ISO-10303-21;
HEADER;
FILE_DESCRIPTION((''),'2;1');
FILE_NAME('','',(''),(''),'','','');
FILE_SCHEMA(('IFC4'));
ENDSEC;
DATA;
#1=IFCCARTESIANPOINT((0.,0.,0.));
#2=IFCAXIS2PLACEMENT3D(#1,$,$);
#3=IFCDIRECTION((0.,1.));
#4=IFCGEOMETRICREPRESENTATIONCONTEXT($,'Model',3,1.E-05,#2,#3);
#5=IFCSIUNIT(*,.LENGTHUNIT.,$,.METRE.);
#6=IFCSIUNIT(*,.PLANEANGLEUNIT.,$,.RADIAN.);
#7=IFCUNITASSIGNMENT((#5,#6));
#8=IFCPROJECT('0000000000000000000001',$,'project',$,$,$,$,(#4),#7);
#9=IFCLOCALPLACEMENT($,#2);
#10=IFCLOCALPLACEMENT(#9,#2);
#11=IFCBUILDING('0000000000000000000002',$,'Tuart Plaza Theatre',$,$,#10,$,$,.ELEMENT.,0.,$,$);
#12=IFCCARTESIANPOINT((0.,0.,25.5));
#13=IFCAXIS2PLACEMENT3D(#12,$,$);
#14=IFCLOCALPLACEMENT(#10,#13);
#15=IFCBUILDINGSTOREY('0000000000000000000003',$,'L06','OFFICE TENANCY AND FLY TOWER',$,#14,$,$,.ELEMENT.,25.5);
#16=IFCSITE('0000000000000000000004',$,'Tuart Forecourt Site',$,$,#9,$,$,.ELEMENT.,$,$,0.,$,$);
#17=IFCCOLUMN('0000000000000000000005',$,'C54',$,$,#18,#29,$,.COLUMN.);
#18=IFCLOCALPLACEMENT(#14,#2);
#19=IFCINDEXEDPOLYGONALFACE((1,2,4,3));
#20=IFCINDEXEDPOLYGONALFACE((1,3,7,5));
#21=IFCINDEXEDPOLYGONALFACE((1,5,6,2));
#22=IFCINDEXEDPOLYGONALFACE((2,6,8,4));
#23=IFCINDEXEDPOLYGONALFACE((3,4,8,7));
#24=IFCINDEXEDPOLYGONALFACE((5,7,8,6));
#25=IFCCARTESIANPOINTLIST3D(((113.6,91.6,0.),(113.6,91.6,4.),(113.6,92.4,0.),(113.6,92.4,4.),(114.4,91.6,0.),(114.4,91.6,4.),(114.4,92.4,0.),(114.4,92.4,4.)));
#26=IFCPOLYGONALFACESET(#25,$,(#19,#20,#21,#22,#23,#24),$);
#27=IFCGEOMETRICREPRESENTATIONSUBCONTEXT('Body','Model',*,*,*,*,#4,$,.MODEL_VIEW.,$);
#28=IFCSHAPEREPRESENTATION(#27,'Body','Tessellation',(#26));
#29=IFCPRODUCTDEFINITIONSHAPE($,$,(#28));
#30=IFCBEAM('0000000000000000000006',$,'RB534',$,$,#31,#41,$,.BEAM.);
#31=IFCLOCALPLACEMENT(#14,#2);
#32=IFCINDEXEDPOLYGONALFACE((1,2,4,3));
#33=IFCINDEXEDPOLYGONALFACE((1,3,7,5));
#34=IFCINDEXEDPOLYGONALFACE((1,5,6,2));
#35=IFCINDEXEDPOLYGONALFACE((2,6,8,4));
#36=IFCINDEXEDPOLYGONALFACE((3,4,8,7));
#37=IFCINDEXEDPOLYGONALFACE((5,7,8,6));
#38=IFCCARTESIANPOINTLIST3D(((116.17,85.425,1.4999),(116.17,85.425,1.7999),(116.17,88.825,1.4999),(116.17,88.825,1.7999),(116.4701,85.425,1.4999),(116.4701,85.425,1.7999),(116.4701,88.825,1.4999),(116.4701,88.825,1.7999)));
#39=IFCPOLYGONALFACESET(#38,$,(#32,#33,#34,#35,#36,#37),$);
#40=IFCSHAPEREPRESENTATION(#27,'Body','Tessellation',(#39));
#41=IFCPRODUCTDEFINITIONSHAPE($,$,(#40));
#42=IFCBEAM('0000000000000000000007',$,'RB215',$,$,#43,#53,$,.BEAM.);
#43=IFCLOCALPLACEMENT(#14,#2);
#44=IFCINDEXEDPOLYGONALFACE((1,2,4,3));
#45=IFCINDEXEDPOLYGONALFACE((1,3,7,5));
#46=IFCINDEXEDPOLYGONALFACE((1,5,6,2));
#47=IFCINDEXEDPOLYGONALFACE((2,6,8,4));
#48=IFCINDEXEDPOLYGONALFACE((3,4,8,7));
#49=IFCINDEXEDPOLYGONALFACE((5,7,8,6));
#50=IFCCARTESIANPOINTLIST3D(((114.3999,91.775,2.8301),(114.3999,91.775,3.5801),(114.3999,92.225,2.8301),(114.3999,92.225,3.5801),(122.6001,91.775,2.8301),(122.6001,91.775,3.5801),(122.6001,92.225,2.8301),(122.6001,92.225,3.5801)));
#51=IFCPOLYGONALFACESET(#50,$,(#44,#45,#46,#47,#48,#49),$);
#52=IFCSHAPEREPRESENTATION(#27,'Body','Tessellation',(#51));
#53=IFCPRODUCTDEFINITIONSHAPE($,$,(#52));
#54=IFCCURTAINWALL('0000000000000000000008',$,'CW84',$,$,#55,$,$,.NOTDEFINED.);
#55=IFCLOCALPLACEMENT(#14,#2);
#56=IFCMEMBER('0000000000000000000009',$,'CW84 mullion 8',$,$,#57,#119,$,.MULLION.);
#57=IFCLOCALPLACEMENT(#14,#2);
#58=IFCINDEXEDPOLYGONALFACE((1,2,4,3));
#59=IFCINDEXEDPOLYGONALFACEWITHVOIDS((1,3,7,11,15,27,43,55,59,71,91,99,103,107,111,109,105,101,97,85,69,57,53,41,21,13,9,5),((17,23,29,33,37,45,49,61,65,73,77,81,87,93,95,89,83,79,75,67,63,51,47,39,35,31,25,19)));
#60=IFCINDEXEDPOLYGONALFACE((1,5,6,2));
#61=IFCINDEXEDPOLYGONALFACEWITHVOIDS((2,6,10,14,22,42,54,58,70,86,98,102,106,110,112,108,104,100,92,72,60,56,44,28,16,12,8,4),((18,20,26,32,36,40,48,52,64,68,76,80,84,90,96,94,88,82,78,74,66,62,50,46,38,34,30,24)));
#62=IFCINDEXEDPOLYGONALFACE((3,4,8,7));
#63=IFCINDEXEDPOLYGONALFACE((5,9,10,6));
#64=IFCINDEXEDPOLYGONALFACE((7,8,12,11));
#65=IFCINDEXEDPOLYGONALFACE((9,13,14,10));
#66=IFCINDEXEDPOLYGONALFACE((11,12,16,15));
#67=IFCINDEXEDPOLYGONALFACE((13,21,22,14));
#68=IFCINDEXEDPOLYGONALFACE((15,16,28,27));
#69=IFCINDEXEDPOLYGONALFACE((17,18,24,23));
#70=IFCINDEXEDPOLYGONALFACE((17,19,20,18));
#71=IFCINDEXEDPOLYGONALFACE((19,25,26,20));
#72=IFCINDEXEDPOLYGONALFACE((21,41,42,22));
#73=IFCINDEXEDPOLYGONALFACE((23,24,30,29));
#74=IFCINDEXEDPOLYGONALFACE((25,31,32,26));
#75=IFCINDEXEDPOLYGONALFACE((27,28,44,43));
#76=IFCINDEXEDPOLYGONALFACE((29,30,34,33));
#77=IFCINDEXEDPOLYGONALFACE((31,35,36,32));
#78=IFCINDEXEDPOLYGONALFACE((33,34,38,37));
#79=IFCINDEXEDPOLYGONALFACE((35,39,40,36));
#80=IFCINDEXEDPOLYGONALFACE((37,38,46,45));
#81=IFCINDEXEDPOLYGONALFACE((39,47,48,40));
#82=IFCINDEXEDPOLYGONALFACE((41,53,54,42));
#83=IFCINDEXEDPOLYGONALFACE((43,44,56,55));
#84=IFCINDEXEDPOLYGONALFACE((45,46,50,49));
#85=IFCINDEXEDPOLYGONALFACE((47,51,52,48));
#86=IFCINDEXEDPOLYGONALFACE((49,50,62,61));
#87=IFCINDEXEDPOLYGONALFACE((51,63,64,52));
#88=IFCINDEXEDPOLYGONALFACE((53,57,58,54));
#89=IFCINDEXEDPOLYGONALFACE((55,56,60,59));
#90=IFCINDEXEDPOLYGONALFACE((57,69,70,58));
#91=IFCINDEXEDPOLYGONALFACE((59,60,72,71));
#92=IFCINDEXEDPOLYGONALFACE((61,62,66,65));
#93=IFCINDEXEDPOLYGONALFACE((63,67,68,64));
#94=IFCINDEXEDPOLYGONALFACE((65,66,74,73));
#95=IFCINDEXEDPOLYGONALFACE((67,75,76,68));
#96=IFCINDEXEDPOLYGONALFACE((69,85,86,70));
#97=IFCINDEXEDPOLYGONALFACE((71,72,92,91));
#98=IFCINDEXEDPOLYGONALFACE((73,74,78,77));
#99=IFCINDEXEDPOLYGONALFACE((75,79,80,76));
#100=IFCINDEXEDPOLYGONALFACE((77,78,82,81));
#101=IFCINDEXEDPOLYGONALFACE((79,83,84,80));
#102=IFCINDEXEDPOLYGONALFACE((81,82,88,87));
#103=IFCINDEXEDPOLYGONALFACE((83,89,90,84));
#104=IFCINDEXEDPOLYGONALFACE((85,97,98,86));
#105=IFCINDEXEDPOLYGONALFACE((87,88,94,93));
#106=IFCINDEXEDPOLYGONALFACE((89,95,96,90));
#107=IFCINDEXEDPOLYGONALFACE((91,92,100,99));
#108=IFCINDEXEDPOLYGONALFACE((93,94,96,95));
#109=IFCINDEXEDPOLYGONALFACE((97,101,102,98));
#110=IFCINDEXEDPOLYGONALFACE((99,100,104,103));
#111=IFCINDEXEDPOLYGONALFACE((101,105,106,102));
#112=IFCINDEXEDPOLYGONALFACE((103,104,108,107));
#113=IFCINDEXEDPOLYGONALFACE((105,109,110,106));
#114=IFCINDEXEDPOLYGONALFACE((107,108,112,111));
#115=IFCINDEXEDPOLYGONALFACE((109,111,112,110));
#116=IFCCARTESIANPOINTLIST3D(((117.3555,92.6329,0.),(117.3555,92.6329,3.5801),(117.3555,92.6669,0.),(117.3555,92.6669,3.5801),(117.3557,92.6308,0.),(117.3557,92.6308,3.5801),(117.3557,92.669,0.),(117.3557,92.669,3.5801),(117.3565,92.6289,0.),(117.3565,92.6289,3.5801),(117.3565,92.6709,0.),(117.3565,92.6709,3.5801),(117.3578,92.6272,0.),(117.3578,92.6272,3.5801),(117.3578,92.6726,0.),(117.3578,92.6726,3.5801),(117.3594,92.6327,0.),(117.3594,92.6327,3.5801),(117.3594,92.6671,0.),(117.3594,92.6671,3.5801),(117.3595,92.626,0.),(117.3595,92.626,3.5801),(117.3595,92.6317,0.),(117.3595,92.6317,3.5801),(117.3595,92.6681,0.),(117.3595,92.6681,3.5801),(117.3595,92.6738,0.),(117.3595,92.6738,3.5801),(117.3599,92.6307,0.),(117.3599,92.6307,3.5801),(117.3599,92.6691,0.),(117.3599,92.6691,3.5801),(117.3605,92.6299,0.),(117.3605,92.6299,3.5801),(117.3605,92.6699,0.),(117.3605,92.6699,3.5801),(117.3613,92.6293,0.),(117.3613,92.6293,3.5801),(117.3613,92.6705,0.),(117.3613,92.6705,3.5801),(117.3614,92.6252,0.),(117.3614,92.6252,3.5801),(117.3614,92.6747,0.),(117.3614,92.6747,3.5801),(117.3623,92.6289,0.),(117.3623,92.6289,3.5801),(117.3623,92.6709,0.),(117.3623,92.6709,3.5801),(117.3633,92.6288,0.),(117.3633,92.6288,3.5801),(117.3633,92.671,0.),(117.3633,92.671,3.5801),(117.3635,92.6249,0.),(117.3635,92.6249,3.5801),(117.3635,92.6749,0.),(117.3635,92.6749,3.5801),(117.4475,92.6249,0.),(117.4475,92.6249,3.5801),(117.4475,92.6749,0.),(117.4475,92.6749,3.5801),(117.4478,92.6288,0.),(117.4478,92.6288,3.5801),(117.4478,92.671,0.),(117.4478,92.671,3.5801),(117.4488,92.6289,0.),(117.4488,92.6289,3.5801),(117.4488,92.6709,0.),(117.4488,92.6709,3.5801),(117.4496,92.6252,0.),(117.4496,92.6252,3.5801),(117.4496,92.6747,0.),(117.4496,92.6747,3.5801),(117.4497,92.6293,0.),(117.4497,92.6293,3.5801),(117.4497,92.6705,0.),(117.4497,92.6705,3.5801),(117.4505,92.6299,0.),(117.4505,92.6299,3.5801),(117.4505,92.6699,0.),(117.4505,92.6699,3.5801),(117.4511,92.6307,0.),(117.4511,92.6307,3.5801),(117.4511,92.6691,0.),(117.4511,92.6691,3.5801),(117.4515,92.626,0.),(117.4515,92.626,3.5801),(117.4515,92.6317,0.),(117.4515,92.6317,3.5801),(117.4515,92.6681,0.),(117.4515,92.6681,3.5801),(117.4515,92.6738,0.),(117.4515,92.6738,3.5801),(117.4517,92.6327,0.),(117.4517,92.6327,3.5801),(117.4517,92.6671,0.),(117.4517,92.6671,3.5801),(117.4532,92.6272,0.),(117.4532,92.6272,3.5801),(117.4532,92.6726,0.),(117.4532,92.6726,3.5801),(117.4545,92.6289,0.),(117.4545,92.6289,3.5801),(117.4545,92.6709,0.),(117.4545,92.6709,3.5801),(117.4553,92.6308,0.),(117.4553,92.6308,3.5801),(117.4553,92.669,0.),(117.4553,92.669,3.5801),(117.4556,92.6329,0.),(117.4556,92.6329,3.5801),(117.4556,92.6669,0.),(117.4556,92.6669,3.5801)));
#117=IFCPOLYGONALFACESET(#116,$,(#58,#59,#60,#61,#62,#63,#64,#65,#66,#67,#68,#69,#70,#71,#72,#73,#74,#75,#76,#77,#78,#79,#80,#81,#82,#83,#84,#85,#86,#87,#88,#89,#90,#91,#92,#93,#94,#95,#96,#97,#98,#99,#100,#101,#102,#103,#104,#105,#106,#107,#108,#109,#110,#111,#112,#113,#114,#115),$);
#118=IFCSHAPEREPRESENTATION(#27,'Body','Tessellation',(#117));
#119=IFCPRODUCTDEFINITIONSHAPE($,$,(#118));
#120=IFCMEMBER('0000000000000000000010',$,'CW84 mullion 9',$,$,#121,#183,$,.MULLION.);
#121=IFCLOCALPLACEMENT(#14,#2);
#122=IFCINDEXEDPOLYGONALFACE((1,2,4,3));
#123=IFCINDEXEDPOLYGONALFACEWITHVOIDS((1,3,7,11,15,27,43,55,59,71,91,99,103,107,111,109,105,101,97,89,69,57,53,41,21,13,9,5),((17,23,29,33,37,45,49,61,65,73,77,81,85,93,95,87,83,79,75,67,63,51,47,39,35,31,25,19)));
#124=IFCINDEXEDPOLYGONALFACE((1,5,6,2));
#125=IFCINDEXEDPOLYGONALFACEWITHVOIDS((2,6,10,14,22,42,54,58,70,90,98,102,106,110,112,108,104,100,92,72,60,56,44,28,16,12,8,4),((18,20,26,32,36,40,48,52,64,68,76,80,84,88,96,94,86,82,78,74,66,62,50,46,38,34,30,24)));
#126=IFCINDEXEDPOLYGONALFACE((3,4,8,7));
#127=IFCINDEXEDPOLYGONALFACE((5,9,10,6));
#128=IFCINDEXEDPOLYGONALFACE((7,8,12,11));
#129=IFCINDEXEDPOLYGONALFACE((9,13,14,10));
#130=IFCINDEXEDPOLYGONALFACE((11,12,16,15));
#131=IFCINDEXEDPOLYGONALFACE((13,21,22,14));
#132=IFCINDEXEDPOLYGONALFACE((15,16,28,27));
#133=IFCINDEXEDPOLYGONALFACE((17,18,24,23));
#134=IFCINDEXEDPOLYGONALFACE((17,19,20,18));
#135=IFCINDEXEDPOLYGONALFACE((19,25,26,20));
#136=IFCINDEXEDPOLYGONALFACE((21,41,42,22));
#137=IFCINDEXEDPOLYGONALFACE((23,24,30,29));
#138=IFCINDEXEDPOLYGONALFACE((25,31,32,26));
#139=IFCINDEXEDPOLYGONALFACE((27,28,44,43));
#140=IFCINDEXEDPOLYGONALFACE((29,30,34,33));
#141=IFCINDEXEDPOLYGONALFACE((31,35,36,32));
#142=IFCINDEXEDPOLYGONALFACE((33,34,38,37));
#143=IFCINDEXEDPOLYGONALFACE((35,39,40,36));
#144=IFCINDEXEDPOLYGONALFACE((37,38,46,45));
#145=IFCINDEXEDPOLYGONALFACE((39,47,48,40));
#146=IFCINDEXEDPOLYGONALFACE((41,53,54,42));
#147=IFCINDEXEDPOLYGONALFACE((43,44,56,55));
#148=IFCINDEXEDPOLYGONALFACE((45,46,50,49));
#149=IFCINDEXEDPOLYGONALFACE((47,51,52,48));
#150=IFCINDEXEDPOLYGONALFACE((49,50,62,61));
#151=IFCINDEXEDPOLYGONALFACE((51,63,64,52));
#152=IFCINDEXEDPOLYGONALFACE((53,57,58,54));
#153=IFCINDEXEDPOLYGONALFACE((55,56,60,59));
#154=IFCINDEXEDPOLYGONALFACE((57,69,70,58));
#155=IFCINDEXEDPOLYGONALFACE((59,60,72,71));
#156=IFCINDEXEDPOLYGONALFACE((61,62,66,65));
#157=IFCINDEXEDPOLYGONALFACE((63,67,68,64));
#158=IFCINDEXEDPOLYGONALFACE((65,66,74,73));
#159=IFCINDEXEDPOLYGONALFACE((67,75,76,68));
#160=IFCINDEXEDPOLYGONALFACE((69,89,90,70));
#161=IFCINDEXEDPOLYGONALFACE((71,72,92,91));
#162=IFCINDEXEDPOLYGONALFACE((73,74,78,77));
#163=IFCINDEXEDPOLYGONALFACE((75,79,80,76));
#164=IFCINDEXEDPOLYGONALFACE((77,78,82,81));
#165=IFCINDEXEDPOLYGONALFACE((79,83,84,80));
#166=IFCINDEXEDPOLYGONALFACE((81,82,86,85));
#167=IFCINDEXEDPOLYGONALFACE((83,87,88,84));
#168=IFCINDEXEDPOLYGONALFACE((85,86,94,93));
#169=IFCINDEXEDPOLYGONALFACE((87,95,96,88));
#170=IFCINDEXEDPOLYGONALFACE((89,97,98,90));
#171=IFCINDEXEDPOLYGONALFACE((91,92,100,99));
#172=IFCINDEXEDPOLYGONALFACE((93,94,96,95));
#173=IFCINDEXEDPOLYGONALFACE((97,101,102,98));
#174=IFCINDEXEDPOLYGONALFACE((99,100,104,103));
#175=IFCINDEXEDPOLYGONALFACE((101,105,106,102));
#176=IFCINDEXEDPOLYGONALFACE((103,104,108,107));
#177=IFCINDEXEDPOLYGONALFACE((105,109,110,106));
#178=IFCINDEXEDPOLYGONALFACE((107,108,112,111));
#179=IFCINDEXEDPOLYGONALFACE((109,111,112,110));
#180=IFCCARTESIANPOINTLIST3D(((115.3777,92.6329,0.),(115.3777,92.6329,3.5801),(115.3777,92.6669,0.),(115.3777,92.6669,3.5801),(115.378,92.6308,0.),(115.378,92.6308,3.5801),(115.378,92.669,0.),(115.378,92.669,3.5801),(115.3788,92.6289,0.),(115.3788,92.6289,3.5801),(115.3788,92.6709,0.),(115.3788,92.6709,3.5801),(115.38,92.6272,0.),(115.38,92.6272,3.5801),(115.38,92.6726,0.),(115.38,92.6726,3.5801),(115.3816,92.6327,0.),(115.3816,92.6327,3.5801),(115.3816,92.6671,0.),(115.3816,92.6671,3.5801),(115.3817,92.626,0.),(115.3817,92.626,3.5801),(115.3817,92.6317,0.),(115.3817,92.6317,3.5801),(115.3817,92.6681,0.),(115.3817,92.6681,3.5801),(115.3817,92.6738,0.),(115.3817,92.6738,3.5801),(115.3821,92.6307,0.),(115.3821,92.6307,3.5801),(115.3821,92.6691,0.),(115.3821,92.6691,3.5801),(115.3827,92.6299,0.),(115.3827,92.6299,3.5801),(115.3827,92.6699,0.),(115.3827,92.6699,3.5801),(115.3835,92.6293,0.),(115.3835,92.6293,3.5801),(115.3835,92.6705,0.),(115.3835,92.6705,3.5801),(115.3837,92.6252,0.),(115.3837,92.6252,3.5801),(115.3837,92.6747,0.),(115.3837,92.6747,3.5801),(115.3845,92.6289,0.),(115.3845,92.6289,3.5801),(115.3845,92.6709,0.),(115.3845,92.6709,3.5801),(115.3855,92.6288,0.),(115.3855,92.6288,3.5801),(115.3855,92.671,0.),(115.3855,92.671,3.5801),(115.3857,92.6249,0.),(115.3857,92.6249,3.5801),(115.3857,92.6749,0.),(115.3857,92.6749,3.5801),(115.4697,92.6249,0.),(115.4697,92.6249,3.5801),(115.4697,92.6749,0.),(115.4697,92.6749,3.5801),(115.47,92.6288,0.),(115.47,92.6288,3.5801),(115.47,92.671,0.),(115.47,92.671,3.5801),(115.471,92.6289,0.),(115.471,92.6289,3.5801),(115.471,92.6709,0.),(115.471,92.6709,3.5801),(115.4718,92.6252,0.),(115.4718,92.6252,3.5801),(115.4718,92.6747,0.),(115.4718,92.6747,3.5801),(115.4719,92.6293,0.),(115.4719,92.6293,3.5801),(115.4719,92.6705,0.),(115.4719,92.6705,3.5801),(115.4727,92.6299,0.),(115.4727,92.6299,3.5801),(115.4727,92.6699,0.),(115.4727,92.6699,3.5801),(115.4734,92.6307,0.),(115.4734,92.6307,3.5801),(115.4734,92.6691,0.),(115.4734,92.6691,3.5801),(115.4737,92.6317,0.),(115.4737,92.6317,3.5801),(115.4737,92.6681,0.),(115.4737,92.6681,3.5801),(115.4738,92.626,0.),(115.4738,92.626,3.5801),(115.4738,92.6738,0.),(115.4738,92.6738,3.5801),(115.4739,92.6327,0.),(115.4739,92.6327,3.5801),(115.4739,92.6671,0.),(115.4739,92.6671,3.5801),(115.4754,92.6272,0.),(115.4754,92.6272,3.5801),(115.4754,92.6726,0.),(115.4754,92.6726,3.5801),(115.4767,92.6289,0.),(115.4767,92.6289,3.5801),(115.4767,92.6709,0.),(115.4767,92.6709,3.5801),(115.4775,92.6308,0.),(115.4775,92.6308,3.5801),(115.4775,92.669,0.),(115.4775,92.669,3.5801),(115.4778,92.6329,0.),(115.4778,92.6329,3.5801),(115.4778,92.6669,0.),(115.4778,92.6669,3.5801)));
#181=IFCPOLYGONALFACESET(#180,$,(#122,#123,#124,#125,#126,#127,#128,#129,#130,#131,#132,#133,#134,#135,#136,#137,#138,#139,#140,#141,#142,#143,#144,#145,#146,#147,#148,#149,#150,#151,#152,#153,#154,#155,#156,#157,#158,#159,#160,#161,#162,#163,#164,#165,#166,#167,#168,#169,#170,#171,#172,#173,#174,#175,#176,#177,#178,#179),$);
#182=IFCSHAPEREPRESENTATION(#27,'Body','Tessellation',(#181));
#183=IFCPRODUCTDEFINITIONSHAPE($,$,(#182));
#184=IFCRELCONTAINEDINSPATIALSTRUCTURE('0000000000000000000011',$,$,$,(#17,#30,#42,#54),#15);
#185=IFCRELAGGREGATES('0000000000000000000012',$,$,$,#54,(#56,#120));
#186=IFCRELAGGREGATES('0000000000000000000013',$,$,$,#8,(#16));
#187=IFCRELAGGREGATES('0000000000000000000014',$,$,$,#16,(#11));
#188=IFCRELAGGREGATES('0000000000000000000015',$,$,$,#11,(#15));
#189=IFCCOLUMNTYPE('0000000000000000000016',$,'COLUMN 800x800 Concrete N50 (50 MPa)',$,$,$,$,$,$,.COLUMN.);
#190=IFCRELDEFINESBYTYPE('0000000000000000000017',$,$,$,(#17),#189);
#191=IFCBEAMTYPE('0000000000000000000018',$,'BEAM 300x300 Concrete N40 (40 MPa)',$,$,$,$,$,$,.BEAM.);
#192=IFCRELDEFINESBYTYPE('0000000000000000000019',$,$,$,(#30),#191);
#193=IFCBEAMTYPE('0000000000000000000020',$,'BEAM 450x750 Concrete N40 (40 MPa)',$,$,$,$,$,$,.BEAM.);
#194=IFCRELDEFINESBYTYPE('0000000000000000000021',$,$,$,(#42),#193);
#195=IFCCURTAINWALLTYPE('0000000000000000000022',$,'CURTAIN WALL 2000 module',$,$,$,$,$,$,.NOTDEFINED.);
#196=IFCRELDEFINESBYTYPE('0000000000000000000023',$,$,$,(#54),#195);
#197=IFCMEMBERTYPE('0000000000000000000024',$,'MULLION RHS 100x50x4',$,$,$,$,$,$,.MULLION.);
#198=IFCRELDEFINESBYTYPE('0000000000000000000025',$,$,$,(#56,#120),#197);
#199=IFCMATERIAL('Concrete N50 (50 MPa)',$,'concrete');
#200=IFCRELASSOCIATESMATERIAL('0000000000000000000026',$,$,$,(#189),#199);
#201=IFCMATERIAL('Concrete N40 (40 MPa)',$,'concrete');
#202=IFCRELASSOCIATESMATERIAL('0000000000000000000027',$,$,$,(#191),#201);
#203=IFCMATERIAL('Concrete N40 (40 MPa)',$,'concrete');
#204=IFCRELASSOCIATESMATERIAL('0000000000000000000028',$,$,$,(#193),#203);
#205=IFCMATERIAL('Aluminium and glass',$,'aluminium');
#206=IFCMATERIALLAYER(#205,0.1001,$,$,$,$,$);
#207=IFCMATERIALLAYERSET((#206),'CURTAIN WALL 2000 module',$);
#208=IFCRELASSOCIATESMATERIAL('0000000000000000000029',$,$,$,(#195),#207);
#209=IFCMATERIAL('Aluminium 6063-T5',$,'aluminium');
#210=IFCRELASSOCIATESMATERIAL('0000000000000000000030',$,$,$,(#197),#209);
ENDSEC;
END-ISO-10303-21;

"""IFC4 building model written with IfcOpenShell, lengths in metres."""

from ifc_helpers import new_model, si_unit, direction, frame, origin, origin_2d, place, context, subcontext, project, spatial, rectangle, hollow_rectangle, extrude, material, layer, layer_set, material_profile, profile_set, type_object, element, aggregate, save


model = new_model("IFC4")

# Units and contexts
model_context = context("Model", 3, precision=1e-05, world=origin(), true_north=direction((0.0, 1.0)))
body_context = subcontext(model_context, "Body", "Model", "MODEL_VIEW")
ifc_project = project(units=[si_unit("LENGTHUNIT", "METRE"), si_unit("PLANEANGLEUNIT", "RADIAN")], contexts=[model_context])

# Site, building, storey
site_placement = place(None, origin())
site = spatial("IfcSite", under=ifc_project, at=site_placement, Name="Tuart Forecourt Site", CompositionType="ELEMENT", RefElevation=0.0)
building_placement = place(site_placement, origin())
building = spatial("IfcBuilding", under=site, at=building_placement, Name="Tuart Plaza Theatre", CompositionType="ELEMENT", ElevationOfRefHeight=0.0)
storey_placement = place(building_placement, frame((0.0, 0.0, 25.5)))
storey = spatial("IfcBuildingStorey", under=building, at=storey_placement, Name="L06", Description="OFFICE TENANCY AND FLY TOWER", CompositionType="ELEMENT", Elevation=25.5)

# Column
ifc_material_1 = material(Name="Concrete N50 (50 MPa)", Category="concrete")
ifc_material_profile_1 = material_profile(ifc_material_1, rectangle(XDim=0.8, YDim=0.8, at=origin_2d()), Name="COLUMN 800x800 Concrete N50 (50 MPa)")
ifc_profile_set_1 = profile_set([ifc_material_profile_1], Name="Concrete N50 (50 MPa)")
column_type = type_object("IfcColumnType", Name="COLUMN 800x800 Concrete N50 (50 MPa)", PredefinedType="COLUMN", material=ifc_profile_set_1)
column_placement = place(storey_placement, frame((114.0, 92.0, 0.0), z_axis=(0.0, 0.0, 1.0), x_axis=(1.0, 0.0, 0.0)))
element("IfcColumn", 1, at=column_placement, inside=storey, type_object=column_type, Name="C54", PredefinedType="COLUMN", context=body_context, shape_type="SweptSolid", body=[
    extrude(rectangle(XDim=0.8, YDim=0.8, at=origin_2d()), origin(), (0.0, 0.0, 1.0), 4.0),
])

# Beams
ifc_material_2 = material(Name="Concrete N40 (40 MPa)", Category="concrete")
ifc_material_profile_2 = material_profile(ifc_material_2, rectangle(XDim=0.3, YDim=0.3, at=origin_2d()), Name="BEAM 300x300 Concrete N40 (40 MPa)")
ifc_profile_set_2 = profile_set([ifc_material_profile_2], Name="Concrete N40 (40 MPa)")
beam_type_1 = type_object("IfcBeamType", Name="BEAM 300x300 Concrete N40 (40 MPa)", PredefinedType="BEAM", material=ifc_profile_set_2)
beam_1_placement = place(storey_placement, frame((116.3201, 88.825, 1.6499), z_axis=(0.0, -1.0, 0.0), x_axis=(1.0, 0.0, 0.0)))
element("IfcBeam", 2, at=beam_1_placement, inside=storey, type_object=beam_type_1, Name="RB534", PredefinedType="BEAM", context=body_context, shape_type="SweptSolid", body=[
    extrude(rectangle(XDim=0.3, YDim=0.3, at=origin_2d()), origin(), (0.0, 0.0, 1.0), 3.3999),
])
ifc_material_3 = material(Name="Concrete N40 (40 MPa)", Category="concrete")
ifc_material_profile_3 = material_profile(ifc_material_3, rectangle(XDim=0.45, YDim=0.75, at=origin_2d()), Name="BEAM 450x750 Concrete N40 (40 MPa)")
ifc_profile_set_3 = profile_set([ifc_material_profile_3], Name="Concrete N40 (40 MPa)")
beam_type_2 = type_object("IfcBeamType", Name="BEAM 450x750 Concrete N40 (40 MPa)", PredefinedType="BEAM", material=ifc_profile_set_3)
beam_2_placement = place(storey_placement, frame((114.3999, 92.0, 3.2051), z_axis=(1.0, 0.0, 0.0), x_axis=(0.0, 1.0, 0.0)))
element("IfcBeam", 3, at=beam_2_placement, inside=storey, type_object=beam_type_2, Name="RB215", PredefinedType="BEAM", context=body_context, shape_type="SweptSolid", body=[
    extrude(rectangle(XDim=0.45, YDim=0.75, at=origin_2d()), origin(), (0.0, 0.0, 1.0), 8.2002),
])

# Curtain wall, members
ifc_material_4 = material(Name="Aluminium and glass", Category="aluminium")
ifc_layer_1 = layer(ifc_material_4, 0.1001)
ifc_layer_set_1 = layer_set([ifc_layer_1], Name="CURTAIN WALL 2000 module")
curtain_wall_type = type_object("IfcCurtainWallType", Name="CURTAIN WALL 2000 module", PredefinedType="NOTDEFINED", material=ifc_layer_set_1)
curtain_wall_1_placement = place(storey_placement, origin())
curtain_wall_1 = element("IfcCurtainWall", 4, at=curtain_wall_1_placement, inside=storey, type_object=curtain_wall_type, Name="CW84", PredefinedType="NOTDEFINED")
ifc_material_5 = material(Name="Aluminium 6063-T5", Category="aluminium")
ifc_material_profile_4 = material_profile(ifc_material_5, hollow_rectangle(XDim=0.05, YDim=0.1001, WallThickness=0.0039, InnerFilletRadius=0.0039, OuterFilletRadius=0.0081, at=origin_2d()), Name="RHS 100x50x4")
ifc_profile_set_4 = profile_set([ifc_material_profile_4], Name="Aluminium 6063-T5")
member_type_1 = type_object("IfcMemberType", Name="MULLION RHS 100x50x4", PredefinedType="MULLION", material=ifc_profile_set_4)
member_1_placement = place(storey_placement, frame((117.4055, 92.6499, 0.0), z_axis=(0.0, 0.0, 1.0), x_axis=(0.0, -1.0, 0.0)))
member_1 = element("IfcMember", 5, at=member_1_placement, type_object=member_type_1, Name="CW84 mullion 8", PredefinedType="MULLION", context=body_context, shape_type="SweptSolid", body=[
    extrude(hollow_rectangle(XDim=0.05, YDim=0.1001, WallThickness=0.0039, InnerFilletRadius=0.0039, OuterFilletRadius=0.0081, at=origin_2d()), origin(), (0.0, 0.0, 1.0), 3.5801),
])
member_2_placement = place(storey_placement, frame((115.4277, 92.6499, 0.0), z_axis=(0.0, 0.0, 1.0), x_axis=(0.0, -1.0, 0.0)))
member_2 = element("IfcMember", 6, at=member_2_placement, type_object=member_type_1, Name="CW84 mullion 9", PredefinedType="MULLION", context=body_context, shape_type="SweptSolid", body=[
    extrude(hollow_rectangle(XDim=0.05, YDim=0.1001, WallThickness=0.0039, InnerFilletRadius=0.0039, OuterFilletRadius=0.0081, at=origin_2d()), origin(), (0.0, 0.0, 1.0), 3.5801),
])

aggregate(curtain_wall_1, [member_1, member_2])

save(model, "model.ifc")
